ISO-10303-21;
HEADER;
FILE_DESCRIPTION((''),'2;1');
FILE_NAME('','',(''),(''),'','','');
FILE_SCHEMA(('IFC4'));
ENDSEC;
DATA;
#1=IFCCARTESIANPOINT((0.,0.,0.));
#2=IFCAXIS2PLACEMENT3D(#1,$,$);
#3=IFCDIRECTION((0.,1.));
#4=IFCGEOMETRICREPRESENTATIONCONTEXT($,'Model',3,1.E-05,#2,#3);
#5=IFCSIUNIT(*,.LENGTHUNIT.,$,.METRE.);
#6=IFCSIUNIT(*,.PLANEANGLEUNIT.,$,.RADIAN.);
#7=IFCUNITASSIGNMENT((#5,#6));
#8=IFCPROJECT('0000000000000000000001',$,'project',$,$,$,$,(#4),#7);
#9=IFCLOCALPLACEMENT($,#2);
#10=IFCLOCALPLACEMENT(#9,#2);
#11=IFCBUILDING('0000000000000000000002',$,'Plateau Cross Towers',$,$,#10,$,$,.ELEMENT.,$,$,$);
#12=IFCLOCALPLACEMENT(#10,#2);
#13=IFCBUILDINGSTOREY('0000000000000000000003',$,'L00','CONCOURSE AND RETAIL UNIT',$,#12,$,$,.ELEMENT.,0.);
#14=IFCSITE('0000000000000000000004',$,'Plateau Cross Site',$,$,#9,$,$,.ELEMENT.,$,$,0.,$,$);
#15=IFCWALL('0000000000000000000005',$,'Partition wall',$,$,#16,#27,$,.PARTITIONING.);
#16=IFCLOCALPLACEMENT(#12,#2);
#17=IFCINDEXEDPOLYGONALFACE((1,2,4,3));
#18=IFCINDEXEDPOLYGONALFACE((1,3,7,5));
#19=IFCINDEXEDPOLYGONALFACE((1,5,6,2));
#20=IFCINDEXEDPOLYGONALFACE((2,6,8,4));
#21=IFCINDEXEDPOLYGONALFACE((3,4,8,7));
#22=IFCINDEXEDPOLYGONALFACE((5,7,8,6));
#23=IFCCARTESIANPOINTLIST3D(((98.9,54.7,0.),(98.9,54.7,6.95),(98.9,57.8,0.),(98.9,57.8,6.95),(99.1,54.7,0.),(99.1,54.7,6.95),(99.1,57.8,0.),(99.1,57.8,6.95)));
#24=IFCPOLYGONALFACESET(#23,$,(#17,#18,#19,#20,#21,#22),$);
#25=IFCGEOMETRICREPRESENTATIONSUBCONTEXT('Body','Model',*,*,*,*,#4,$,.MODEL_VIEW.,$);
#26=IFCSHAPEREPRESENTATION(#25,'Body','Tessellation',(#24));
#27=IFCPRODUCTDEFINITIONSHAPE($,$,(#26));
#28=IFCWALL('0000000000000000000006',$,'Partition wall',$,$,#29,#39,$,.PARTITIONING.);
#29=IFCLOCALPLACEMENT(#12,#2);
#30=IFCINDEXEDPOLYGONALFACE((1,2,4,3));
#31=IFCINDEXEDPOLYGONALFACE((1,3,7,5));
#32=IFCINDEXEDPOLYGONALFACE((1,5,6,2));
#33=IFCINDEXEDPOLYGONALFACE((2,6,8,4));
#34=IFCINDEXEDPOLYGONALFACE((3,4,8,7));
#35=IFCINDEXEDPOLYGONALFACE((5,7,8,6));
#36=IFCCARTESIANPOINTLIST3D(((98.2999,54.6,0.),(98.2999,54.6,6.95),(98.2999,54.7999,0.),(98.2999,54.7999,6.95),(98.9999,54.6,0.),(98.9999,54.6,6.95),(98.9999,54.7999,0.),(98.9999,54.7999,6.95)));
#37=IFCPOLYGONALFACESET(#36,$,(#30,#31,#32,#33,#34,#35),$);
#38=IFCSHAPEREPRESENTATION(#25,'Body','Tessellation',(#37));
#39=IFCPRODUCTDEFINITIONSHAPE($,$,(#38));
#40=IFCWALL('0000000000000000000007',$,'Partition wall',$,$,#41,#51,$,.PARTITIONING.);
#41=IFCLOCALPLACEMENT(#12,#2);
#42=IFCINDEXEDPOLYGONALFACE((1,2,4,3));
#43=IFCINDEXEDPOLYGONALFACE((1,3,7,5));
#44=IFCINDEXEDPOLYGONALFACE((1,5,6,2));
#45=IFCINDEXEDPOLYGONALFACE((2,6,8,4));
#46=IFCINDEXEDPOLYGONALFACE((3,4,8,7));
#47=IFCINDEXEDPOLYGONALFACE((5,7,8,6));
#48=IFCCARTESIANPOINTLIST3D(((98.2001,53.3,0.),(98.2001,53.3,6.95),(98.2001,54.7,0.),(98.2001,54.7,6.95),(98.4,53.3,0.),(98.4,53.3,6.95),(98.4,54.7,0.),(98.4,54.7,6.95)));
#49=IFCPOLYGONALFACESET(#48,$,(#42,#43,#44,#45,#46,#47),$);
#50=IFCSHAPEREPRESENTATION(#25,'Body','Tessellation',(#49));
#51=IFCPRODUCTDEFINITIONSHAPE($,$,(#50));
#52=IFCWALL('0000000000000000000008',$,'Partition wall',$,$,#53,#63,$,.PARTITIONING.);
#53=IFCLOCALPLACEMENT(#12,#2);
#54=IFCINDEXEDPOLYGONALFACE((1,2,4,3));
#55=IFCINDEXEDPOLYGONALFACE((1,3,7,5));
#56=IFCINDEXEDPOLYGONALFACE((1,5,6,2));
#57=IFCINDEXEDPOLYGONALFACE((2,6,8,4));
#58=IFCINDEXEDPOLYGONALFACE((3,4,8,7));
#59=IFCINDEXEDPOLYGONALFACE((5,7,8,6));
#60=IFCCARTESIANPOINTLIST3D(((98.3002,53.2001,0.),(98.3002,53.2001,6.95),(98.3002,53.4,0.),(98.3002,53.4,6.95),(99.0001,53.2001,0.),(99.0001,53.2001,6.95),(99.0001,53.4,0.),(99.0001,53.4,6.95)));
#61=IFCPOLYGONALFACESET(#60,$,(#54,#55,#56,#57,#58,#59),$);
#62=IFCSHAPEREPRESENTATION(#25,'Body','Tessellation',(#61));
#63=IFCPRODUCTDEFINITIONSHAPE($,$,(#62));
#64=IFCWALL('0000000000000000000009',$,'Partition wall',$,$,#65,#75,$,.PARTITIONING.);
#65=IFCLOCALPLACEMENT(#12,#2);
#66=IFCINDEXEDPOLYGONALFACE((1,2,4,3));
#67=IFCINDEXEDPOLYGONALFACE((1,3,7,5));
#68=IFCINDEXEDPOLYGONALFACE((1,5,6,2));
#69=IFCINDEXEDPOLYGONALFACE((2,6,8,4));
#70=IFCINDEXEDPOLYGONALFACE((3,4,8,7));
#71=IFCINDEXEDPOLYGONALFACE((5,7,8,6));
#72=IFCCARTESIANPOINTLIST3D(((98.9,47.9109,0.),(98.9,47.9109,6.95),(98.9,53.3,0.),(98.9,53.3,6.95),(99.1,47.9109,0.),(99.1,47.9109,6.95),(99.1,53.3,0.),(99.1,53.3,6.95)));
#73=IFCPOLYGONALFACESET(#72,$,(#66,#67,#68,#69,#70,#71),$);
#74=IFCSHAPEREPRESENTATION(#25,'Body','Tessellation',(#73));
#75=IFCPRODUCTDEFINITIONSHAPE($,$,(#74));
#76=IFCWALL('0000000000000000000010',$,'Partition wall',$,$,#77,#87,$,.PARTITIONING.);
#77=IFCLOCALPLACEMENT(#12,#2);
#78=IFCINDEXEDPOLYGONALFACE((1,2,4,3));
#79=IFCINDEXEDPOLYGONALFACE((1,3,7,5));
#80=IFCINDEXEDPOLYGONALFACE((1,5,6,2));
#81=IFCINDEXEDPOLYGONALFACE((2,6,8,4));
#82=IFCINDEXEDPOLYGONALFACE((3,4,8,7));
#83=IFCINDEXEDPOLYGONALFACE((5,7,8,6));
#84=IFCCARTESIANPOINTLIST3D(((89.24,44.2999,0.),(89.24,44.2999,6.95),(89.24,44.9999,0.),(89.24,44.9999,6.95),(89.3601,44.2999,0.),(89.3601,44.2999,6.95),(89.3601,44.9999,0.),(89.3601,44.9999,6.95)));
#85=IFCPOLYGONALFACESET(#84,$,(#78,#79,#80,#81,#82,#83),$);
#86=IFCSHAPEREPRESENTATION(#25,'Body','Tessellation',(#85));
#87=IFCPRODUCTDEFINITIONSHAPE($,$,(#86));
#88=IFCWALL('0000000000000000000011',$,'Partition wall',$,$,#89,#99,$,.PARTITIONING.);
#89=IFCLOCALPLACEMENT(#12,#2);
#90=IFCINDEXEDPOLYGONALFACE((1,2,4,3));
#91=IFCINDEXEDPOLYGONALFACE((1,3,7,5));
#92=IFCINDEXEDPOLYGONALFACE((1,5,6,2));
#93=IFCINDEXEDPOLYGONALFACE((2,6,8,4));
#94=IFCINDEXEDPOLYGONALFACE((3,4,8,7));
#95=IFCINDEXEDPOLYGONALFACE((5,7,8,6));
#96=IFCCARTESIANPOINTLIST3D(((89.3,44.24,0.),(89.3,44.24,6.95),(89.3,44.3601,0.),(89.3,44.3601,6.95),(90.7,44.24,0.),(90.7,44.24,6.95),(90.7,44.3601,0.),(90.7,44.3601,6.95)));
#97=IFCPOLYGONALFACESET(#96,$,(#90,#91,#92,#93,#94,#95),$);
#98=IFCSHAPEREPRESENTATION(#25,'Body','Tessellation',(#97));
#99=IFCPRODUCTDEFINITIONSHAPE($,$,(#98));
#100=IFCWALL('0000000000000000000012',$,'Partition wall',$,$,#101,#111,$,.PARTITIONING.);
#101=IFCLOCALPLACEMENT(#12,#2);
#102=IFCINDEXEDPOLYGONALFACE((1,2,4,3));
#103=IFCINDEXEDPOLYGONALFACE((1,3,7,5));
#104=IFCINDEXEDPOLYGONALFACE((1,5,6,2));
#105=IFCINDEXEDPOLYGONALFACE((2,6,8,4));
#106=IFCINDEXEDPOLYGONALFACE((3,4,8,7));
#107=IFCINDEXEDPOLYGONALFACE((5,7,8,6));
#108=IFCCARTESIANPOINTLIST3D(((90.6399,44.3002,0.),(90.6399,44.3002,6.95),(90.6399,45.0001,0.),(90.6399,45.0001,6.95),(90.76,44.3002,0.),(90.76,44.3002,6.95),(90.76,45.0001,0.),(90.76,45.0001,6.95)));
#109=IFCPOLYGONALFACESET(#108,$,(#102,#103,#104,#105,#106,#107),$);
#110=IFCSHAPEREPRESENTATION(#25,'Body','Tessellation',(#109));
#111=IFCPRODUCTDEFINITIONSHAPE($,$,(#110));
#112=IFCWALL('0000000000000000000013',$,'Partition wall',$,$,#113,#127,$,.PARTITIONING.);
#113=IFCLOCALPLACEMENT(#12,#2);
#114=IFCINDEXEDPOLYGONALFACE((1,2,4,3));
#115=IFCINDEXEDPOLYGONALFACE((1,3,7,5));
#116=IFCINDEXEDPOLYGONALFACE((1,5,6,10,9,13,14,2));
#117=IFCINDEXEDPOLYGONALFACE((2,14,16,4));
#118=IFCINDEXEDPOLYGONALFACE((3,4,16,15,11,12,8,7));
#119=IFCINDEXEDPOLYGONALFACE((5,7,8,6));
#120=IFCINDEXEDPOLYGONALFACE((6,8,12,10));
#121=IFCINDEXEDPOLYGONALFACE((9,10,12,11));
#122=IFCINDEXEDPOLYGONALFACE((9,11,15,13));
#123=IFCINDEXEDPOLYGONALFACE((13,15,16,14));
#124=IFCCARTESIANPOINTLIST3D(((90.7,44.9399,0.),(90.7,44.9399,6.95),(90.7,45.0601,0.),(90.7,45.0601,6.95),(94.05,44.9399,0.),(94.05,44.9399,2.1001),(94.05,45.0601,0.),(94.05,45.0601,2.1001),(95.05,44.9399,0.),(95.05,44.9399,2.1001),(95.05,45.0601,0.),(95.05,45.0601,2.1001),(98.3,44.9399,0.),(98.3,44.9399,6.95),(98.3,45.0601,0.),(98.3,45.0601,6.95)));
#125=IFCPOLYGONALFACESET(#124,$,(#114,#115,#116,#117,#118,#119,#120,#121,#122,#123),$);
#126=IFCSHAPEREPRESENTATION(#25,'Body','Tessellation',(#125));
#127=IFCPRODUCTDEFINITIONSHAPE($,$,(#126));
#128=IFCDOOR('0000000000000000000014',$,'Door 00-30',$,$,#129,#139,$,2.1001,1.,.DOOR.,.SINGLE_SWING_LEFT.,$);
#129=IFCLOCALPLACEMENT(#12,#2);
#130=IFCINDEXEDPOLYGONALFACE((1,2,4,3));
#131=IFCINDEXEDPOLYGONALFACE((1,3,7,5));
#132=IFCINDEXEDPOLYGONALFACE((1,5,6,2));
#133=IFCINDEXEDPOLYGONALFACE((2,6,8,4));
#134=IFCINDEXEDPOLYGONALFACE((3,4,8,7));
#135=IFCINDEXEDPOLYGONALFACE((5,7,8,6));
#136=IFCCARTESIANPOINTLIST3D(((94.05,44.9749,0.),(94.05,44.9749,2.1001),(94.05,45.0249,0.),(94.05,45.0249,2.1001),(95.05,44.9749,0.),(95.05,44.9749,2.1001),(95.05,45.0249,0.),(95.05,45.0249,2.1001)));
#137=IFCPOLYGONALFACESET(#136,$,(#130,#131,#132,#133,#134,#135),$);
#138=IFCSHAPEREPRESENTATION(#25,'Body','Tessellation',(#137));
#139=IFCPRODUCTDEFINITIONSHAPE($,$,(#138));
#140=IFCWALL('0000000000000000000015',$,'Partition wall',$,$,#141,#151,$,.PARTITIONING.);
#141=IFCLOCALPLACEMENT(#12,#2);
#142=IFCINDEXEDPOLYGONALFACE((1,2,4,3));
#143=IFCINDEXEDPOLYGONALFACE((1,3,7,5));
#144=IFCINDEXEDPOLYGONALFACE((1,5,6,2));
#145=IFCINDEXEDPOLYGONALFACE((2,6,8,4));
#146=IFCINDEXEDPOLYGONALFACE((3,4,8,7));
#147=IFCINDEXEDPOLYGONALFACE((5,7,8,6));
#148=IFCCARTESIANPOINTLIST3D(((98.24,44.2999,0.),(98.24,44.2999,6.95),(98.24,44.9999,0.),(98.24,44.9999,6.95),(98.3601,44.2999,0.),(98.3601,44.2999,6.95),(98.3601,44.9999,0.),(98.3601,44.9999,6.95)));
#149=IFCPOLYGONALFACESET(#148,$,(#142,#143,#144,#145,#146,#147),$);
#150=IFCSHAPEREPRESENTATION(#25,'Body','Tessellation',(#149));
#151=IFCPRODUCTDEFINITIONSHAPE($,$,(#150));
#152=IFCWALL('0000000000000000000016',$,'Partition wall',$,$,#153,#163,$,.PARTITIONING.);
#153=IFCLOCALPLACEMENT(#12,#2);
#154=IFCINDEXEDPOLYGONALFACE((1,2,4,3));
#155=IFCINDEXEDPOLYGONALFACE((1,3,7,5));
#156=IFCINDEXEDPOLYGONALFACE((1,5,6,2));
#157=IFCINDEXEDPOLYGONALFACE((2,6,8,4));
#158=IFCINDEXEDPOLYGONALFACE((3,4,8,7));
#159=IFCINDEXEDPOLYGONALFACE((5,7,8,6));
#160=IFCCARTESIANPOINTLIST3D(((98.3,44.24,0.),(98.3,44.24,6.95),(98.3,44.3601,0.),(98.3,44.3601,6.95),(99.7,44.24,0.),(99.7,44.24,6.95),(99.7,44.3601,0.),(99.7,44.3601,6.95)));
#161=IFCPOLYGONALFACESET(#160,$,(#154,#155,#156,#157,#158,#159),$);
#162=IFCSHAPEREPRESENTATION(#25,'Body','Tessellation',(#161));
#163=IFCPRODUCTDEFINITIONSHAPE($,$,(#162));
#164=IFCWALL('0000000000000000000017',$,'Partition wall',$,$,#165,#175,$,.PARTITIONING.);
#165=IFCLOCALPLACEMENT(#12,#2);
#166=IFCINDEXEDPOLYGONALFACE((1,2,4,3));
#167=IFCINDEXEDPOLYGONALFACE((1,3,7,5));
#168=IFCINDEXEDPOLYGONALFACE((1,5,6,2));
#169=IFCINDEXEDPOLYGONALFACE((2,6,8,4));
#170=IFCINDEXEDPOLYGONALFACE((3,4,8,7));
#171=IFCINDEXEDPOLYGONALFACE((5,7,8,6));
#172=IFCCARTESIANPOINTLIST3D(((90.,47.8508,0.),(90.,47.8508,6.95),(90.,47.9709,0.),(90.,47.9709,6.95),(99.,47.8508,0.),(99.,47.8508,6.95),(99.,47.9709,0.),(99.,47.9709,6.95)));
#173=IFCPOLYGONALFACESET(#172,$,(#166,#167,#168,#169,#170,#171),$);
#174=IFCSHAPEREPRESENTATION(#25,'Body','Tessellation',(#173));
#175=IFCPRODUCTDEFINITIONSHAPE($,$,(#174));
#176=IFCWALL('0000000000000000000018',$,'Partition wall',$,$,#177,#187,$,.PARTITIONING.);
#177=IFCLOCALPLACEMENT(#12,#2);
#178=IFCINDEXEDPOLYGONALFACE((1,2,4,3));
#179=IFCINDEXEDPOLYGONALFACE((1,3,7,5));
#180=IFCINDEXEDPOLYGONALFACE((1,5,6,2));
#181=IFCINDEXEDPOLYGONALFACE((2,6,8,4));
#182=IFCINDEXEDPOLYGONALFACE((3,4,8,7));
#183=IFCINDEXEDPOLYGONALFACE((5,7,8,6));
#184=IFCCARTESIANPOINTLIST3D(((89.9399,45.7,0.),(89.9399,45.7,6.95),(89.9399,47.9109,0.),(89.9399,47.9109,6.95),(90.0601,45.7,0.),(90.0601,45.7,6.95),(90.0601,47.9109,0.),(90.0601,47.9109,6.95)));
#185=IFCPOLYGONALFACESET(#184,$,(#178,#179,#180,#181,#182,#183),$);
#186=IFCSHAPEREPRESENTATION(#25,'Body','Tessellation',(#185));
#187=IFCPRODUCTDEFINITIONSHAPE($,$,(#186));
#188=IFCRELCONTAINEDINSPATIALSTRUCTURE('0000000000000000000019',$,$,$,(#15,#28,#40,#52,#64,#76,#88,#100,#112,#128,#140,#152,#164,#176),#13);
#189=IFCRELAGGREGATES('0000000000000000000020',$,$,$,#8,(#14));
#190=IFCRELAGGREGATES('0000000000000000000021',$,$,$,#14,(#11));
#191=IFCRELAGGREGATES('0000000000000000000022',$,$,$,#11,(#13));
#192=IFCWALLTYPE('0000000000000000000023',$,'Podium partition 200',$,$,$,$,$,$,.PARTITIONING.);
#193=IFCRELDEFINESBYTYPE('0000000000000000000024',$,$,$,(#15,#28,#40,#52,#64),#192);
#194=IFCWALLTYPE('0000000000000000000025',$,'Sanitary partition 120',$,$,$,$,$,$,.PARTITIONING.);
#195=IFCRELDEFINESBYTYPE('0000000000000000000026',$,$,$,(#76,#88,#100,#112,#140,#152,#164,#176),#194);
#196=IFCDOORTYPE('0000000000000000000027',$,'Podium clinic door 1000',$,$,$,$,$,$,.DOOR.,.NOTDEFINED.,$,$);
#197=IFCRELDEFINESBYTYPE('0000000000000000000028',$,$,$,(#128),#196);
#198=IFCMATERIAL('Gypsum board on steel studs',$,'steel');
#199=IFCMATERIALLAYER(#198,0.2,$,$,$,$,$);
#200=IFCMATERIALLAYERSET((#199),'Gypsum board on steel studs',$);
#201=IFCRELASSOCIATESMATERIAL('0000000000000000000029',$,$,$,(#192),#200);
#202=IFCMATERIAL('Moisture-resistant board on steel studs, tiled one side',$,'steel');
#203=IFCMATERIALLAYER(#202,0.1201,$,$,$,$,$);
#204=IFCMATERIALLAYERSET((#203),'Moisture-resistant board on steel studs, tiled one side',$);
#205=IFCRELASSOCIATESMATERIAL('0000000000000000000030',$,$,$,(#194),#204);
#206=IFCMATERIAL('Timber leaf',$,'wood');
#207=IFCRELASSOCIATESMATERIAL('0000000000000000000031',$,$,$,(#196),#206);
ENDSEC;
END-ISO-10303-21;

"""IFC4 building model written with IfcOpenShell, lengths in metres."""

from ifc_helpers import new_model, si_unit, direction, frame, frame_2d, origin, place, context, subcontext, project, spatial, rectangle, extrude, material, layer, layer_set, type_object, element, fill, save


model = new_model("IFC4")

# Units and contexts
model_context = context("Model", 3, precision=1e-05, world=origin(), true_north=direction((0.0, 1.0)))
body_context = subcontext(model_context, "Body", "Model", "MODEL_VIEW")
ifc_project = project(units=[si_unit("LENGTHUNIT", "METRE"), si_unit("PLANEANGLEUNIT", "RADIAN")], contexts=[model_context])

# Site, building, storey
site_placement = place(None, origin())
site = spatial("IfcSite", under=ifc_project, at=site_placement, Name="Plateau Cross Site", CompositionType="ELEMENT", RefElevation=0.0)
building_placement = place(site_placement, origin())
building = spatial("IfcBuilding", under=site, at=building_placement, Name="Plateau Cross Towers", CompositionType="ELEMENT")
storey_placement = place(building_placement, origin())
storey = spatial("IfcBuildingStorey", under=building, at=storey_placement, Name="L00", Description="CONCOURSE AND RETAIL UNIT", CompositionType="ELEMENT", Elevation=0.0)

# Walls
ifc_material_1 = material(Name="Gypsum board on steel studs", Category="steel")
ifc_layer_1 = layer(ifc_material_1, 0.2)
ifc_layer_set_1 = layer_set([ifc_layer_1], Name="Gypsum board on steel studs")
wall_type_1 = type_object("IfcWallType", Name="Podium partition 200", PredefinedType="PARTITIONING", material=ifc_layer_set_1)
wall_1_placement = place(storey_placement, frame((99.0, 57.8, 0.0), z_axis=(0.0, 0.0, 1.0), x_axis=(0.0, -1.0, 0.0)))
element("IfcWall", 1, at=wall_1_placement, inside=storey, type_object=wall_type_1, Name="Partition wall", PredefinedType="PARTITIONING", context=body_context, shape_type="SweptSolid", body=[
    extrude(rectangle(XDim=3.1001, YDim=0.2, at=frame_2d((1.55, 0.0))), origin(), (0.0, 0.0, 1.0), 6.95),
])
wall_2_placement = place(storey_placement, frame((99.0, 54.7, 0.0), z_axis=(0.0, 0.0, 1.0), x_axis=(-1.0, 0.0, 0.0)))
element("IfcWall", 2, at=wall_2_placement, inside=storey, type_object=wall_type_1, Name="Partition wall", PredefinedType="PARTITIONING", context=body_context, shape_type="SweptSolid", body=[
    extrude(rectangle(XDim=0.7, YDim=0.2, at=frame_2d((0.3501, 0.0))), origin(), (0.0, 0.0, 1.0), 6.95),
])
wall_3_placement = place(storey_placement, frame((98.3, 54.7, 0.0), z_axis=(0.0, 0.0, 1.0), x_axis=(0.0, -1.0, 0.0)))
element("IfcWall", 3, at=wall_3_placement, inside=storey, type_object=wall_type_1, Name="Partition wall", PredefinedType="PARTITIONING", context=body_context, shape_type="SweptSolid", body=[
    extrude(rectangle(XDim=1.3999, YDim=0.2, at=frame_2d((0.7, 0.0))), origin(), (0.0, 0.0, 1.0), 6.95),
])
wall_4_placement = place(storey_placement, frame((98.3, 53.3, 0.0), z_axis=(0.0, 0.0, 1.0), x_axis=(1.0, 0.0, 0.0)))
element("IfcWall", 4, at=wall_4_placement, inside=storey, type_object=wall_type_1, Name="Partition wall", PredefinedType="PARTITIONING", context=body_context, shape_type="SweptSolid", body=[
    extrude(rectangle(XDim=0.7, YDim=0.2, at=frame_2d((0.3501, 0.0))), origin(), (0.0, 0.0, 1.0), 6.95),
])
wall_5_placement = place(storey_placement, frame((99.0, 53.3, 0.0), z_axis=(0.0, 0.0, 1.0), x_axis=(0.0, -1.0, 0.0)))
element("IfcWall", 5, at=wall_5_placement, inside=storey, type_object=wall_type_1, Name="Partition wall", PredefinedType="PARTITIONING", context=body_context, shape_type="SweptSolid", body=[
    extrude(rectangle(XDim=5.3892, YDim=0.2, at=frame_2d((2.6946, 0.0))), origin(), (0.0, 0.0, 1.0), 6.95),
])
ifc_material_2 = material(Name="Moisture-resistant board on steel studs, tiled one side", Category="steel")
ifc_layer_2 = layer(ifc_material_2, 0.1201)
ifc_layer_set_2 = layer_set([ifc_layer_2], Name="Moisture-resistant board on steel studs, tiled one side")
wall_type_2 = type_object("IfcWallType", Name="Sanitary partition 120", PredefinedType="PARTITIONING", material=ifc_layer_set_2)
wall_6_placement = place(storey_placement, frame((89.3, 45.0, 0.0), z_axis=(0.0, 0.0, 1.0), x_axis=(0.0, -1.0, 0.0)))
element("IfcWall", 6, at=wall_6_placement, inside=storey, type_object=wall_type_2, Name="Partition wall", PredefinedType="PARTITIONING", context=body_context, shape_type="SweptSolid", body=[
    extrude(rectangle(XDim=0.7, YDim=0.1201, at=frame_2d((0.3501, 0.0))), origin(), (0.0, 0.0, 1.0), 6.95),
])
wall_7_placement = place(storey_placement, frame((89.3, 44.3, 0.0), z_axis=(0.0, 0.0, 1.0), x_axis=(1.0, 0.0, 0.0)))
element("IfcWall", 7, at=wall_7_placement, inside=storey, type_object=wall_type_2, Name="Partition wall", PredefinedType="PARTITIONING", context=body_context, shape_type="SweptSolid", body=[
    extrude(rectangle(XDim=1.3999, YDim=0.1201, at=frame_2d((0.7, 0.0))), origin(), (0.0, 0.0, 1.0), 6.95),
])
wall_8_placement = place(storey_placement, frame((90.7, 44.3, 0.0), z_axis=(0.0, 0.0, 1.0), x_axis=(0.0, 1.0, 0.0)))
element("IfcWall", 8, at=wall_8_placement, inside=storey, type_object=wall_type_2, Name="Partition wall", PredefinedType="PARTITIONING", context=body_context, shape_type="SweptSolid", body=[
    extrude(rectangle(XDim=0.7, YDim=0.1201, at=frame_2d((0.3501, 0.0))), origin(), (0.0, 0.0, 1.0), 6.95),
])

# Wall, opening, door
wall_9_placement = place(storey_placement, frame((90.7, 45.0, 0.0), z_axis=(0.0, 0.0, 1.0), x_axis=(1.0, 0.0, 0.0)))
wall_9 = element("IfcWall", 9, at=wall_9_placement, inside=storey, type_object=wall_type_2, Name="Partition wall", PredefinedType="PARTITIONING", context=body_context, shape_type="SweptSolid", body=[
    extrude(rectangle(XDim=7.6001, YDim=0.1201, at=frame_2d((3.8, 0.0))), origin(), (0.0, 0.0, 1.0), 6.95),
])
opening_placement = place(wall_9_placement, frame((3.3501, 0.0, 0.0)))
opening = element("IfcOpeningElement", 10, at=opening_placement, cuts=wall_9, PredefinedType="OPENING", context=body_context, shape_type="SweptSolid", body=[
    extrude(rectangle(XDim=1.0, YDim=2.1001, at=frame_2d((0.5, 1.05))), frame((0.0, 0.0701, 0.0), z_axis=(0.0, -1.0, 0.0), x_axis=(1.0, 0.0, 0.0)), (0.0, 0.0, 1.0), 0.1401),
])
ifc_material_3 = material(Name="Timber leaf", Category="wood")
door_type = type_object("IfcDoorType", Name="Podium clinic door 1000", OperationType="NOTDEFINED", PredefinedType="DOOR", material=ifc_material_3)
door_placement = place(opening_placement, origin())
door = element("IfcDoor", 11, at=door_placement, inside=storey, type_object=door_type, Name="Door 00-30", OperationType="SINGLE_SWING_LEFT", OverallHeight=2.1001, OverallWidth=1.0, PredefinedType="DOOR", context=body_context, shape_type="SweptSolid", body=[
    extrude(rectangle(XDim=1.0, YDim=2.1001, at=frame_2d((0.5, 1.05))), frame((0.0, 0.0249, 0.0), z_axis=(0.0, -1.0, 0.0), x_axis=(1.0, 0.0, 0.0)), (0.0, 0.0, 1.0), 0.05),
])
fill(opening, door)

# Walls
wall_10_placement = place(storey_placement, frame((98.3, 45.0, 0.0), z_axis=(0.0, 0.0, 1.0), x_axis=(0.0, -1.0, 0.0)))
element("IfcWall", 12, at=wall_10_placement, inside=storey, type_object=wall_type_2, Name="Partition wall", PredefinedType="PARTITIONING", context=body_context, shape_type="SweptSolid", body=[
    extrude(rectangle(XDim=0.7, YDim=0.1201, at=frame_2d((0.3501, 0.0))), origin(), (0.0, 0.0, 1.0), 6.95),
])
wall_11_placement = place(storey_placement, frame((98.3, 44.3, 0.0), z_axis=(0.0, 0.0, 1.0), x_axis=(1.0, 0.0, 0.0)))
element("IfcWall", 13, at=wall_11_placement, inside=storey, type_object=wall_type_2, Name="Partition wall", PredefinedType="PARTITIONING", context=body_context, shape_type="SweptSolid", body=[
    extrude(rectangle(XDim=1.3999, YDim=0.1201, at=frame_2d((0.7, 0.0))), origin(), (0.0, 0.0, 1.0), 6.95),
])
wall_12_placement = place(storey_placement, frame((99.0, 47.9109, 0.0), z_axis=(0.0, 0.0, 1.0), x_axis=(-1.0, 0.0, 0.0)))
element("IfcWall", 14, at=wall_12_placement, inside=storey, type_object=wall_type_2, Name="Partition wall", PredefinedType="PARTITIONING", context=body_context, shape_type="SweptSolid", body=[
    extrude(rectangle(XDim=9.0, YDim=0.1201, at=frame_2d((4.5, 0.0))), origin(), (0.0, 0.0, 1.0), 6.95),
])
wall_13_placement = place(storey_placement, frame((90.0, 47.9109, 0.0), z_axis=(0.0, 0.0, 1.0), x_axis=(0.0, -1.0, 0.0)))
element("IfcWall", 15, at=wall_13_placement, inside=storey, type_object=wall_type_2, Name="Partition wall", PredefinedType="PARTITIONING", context=body_context, shape_type="SweptSolid", body=[
    extrude(rectangle(XDim=2.2109, YDim=0.1201, at=frame_2d((1.1055, 0.0))), origin(), (0.0, 0.0, 1.0), 6.95),
])

save(model, "model.ifc")
